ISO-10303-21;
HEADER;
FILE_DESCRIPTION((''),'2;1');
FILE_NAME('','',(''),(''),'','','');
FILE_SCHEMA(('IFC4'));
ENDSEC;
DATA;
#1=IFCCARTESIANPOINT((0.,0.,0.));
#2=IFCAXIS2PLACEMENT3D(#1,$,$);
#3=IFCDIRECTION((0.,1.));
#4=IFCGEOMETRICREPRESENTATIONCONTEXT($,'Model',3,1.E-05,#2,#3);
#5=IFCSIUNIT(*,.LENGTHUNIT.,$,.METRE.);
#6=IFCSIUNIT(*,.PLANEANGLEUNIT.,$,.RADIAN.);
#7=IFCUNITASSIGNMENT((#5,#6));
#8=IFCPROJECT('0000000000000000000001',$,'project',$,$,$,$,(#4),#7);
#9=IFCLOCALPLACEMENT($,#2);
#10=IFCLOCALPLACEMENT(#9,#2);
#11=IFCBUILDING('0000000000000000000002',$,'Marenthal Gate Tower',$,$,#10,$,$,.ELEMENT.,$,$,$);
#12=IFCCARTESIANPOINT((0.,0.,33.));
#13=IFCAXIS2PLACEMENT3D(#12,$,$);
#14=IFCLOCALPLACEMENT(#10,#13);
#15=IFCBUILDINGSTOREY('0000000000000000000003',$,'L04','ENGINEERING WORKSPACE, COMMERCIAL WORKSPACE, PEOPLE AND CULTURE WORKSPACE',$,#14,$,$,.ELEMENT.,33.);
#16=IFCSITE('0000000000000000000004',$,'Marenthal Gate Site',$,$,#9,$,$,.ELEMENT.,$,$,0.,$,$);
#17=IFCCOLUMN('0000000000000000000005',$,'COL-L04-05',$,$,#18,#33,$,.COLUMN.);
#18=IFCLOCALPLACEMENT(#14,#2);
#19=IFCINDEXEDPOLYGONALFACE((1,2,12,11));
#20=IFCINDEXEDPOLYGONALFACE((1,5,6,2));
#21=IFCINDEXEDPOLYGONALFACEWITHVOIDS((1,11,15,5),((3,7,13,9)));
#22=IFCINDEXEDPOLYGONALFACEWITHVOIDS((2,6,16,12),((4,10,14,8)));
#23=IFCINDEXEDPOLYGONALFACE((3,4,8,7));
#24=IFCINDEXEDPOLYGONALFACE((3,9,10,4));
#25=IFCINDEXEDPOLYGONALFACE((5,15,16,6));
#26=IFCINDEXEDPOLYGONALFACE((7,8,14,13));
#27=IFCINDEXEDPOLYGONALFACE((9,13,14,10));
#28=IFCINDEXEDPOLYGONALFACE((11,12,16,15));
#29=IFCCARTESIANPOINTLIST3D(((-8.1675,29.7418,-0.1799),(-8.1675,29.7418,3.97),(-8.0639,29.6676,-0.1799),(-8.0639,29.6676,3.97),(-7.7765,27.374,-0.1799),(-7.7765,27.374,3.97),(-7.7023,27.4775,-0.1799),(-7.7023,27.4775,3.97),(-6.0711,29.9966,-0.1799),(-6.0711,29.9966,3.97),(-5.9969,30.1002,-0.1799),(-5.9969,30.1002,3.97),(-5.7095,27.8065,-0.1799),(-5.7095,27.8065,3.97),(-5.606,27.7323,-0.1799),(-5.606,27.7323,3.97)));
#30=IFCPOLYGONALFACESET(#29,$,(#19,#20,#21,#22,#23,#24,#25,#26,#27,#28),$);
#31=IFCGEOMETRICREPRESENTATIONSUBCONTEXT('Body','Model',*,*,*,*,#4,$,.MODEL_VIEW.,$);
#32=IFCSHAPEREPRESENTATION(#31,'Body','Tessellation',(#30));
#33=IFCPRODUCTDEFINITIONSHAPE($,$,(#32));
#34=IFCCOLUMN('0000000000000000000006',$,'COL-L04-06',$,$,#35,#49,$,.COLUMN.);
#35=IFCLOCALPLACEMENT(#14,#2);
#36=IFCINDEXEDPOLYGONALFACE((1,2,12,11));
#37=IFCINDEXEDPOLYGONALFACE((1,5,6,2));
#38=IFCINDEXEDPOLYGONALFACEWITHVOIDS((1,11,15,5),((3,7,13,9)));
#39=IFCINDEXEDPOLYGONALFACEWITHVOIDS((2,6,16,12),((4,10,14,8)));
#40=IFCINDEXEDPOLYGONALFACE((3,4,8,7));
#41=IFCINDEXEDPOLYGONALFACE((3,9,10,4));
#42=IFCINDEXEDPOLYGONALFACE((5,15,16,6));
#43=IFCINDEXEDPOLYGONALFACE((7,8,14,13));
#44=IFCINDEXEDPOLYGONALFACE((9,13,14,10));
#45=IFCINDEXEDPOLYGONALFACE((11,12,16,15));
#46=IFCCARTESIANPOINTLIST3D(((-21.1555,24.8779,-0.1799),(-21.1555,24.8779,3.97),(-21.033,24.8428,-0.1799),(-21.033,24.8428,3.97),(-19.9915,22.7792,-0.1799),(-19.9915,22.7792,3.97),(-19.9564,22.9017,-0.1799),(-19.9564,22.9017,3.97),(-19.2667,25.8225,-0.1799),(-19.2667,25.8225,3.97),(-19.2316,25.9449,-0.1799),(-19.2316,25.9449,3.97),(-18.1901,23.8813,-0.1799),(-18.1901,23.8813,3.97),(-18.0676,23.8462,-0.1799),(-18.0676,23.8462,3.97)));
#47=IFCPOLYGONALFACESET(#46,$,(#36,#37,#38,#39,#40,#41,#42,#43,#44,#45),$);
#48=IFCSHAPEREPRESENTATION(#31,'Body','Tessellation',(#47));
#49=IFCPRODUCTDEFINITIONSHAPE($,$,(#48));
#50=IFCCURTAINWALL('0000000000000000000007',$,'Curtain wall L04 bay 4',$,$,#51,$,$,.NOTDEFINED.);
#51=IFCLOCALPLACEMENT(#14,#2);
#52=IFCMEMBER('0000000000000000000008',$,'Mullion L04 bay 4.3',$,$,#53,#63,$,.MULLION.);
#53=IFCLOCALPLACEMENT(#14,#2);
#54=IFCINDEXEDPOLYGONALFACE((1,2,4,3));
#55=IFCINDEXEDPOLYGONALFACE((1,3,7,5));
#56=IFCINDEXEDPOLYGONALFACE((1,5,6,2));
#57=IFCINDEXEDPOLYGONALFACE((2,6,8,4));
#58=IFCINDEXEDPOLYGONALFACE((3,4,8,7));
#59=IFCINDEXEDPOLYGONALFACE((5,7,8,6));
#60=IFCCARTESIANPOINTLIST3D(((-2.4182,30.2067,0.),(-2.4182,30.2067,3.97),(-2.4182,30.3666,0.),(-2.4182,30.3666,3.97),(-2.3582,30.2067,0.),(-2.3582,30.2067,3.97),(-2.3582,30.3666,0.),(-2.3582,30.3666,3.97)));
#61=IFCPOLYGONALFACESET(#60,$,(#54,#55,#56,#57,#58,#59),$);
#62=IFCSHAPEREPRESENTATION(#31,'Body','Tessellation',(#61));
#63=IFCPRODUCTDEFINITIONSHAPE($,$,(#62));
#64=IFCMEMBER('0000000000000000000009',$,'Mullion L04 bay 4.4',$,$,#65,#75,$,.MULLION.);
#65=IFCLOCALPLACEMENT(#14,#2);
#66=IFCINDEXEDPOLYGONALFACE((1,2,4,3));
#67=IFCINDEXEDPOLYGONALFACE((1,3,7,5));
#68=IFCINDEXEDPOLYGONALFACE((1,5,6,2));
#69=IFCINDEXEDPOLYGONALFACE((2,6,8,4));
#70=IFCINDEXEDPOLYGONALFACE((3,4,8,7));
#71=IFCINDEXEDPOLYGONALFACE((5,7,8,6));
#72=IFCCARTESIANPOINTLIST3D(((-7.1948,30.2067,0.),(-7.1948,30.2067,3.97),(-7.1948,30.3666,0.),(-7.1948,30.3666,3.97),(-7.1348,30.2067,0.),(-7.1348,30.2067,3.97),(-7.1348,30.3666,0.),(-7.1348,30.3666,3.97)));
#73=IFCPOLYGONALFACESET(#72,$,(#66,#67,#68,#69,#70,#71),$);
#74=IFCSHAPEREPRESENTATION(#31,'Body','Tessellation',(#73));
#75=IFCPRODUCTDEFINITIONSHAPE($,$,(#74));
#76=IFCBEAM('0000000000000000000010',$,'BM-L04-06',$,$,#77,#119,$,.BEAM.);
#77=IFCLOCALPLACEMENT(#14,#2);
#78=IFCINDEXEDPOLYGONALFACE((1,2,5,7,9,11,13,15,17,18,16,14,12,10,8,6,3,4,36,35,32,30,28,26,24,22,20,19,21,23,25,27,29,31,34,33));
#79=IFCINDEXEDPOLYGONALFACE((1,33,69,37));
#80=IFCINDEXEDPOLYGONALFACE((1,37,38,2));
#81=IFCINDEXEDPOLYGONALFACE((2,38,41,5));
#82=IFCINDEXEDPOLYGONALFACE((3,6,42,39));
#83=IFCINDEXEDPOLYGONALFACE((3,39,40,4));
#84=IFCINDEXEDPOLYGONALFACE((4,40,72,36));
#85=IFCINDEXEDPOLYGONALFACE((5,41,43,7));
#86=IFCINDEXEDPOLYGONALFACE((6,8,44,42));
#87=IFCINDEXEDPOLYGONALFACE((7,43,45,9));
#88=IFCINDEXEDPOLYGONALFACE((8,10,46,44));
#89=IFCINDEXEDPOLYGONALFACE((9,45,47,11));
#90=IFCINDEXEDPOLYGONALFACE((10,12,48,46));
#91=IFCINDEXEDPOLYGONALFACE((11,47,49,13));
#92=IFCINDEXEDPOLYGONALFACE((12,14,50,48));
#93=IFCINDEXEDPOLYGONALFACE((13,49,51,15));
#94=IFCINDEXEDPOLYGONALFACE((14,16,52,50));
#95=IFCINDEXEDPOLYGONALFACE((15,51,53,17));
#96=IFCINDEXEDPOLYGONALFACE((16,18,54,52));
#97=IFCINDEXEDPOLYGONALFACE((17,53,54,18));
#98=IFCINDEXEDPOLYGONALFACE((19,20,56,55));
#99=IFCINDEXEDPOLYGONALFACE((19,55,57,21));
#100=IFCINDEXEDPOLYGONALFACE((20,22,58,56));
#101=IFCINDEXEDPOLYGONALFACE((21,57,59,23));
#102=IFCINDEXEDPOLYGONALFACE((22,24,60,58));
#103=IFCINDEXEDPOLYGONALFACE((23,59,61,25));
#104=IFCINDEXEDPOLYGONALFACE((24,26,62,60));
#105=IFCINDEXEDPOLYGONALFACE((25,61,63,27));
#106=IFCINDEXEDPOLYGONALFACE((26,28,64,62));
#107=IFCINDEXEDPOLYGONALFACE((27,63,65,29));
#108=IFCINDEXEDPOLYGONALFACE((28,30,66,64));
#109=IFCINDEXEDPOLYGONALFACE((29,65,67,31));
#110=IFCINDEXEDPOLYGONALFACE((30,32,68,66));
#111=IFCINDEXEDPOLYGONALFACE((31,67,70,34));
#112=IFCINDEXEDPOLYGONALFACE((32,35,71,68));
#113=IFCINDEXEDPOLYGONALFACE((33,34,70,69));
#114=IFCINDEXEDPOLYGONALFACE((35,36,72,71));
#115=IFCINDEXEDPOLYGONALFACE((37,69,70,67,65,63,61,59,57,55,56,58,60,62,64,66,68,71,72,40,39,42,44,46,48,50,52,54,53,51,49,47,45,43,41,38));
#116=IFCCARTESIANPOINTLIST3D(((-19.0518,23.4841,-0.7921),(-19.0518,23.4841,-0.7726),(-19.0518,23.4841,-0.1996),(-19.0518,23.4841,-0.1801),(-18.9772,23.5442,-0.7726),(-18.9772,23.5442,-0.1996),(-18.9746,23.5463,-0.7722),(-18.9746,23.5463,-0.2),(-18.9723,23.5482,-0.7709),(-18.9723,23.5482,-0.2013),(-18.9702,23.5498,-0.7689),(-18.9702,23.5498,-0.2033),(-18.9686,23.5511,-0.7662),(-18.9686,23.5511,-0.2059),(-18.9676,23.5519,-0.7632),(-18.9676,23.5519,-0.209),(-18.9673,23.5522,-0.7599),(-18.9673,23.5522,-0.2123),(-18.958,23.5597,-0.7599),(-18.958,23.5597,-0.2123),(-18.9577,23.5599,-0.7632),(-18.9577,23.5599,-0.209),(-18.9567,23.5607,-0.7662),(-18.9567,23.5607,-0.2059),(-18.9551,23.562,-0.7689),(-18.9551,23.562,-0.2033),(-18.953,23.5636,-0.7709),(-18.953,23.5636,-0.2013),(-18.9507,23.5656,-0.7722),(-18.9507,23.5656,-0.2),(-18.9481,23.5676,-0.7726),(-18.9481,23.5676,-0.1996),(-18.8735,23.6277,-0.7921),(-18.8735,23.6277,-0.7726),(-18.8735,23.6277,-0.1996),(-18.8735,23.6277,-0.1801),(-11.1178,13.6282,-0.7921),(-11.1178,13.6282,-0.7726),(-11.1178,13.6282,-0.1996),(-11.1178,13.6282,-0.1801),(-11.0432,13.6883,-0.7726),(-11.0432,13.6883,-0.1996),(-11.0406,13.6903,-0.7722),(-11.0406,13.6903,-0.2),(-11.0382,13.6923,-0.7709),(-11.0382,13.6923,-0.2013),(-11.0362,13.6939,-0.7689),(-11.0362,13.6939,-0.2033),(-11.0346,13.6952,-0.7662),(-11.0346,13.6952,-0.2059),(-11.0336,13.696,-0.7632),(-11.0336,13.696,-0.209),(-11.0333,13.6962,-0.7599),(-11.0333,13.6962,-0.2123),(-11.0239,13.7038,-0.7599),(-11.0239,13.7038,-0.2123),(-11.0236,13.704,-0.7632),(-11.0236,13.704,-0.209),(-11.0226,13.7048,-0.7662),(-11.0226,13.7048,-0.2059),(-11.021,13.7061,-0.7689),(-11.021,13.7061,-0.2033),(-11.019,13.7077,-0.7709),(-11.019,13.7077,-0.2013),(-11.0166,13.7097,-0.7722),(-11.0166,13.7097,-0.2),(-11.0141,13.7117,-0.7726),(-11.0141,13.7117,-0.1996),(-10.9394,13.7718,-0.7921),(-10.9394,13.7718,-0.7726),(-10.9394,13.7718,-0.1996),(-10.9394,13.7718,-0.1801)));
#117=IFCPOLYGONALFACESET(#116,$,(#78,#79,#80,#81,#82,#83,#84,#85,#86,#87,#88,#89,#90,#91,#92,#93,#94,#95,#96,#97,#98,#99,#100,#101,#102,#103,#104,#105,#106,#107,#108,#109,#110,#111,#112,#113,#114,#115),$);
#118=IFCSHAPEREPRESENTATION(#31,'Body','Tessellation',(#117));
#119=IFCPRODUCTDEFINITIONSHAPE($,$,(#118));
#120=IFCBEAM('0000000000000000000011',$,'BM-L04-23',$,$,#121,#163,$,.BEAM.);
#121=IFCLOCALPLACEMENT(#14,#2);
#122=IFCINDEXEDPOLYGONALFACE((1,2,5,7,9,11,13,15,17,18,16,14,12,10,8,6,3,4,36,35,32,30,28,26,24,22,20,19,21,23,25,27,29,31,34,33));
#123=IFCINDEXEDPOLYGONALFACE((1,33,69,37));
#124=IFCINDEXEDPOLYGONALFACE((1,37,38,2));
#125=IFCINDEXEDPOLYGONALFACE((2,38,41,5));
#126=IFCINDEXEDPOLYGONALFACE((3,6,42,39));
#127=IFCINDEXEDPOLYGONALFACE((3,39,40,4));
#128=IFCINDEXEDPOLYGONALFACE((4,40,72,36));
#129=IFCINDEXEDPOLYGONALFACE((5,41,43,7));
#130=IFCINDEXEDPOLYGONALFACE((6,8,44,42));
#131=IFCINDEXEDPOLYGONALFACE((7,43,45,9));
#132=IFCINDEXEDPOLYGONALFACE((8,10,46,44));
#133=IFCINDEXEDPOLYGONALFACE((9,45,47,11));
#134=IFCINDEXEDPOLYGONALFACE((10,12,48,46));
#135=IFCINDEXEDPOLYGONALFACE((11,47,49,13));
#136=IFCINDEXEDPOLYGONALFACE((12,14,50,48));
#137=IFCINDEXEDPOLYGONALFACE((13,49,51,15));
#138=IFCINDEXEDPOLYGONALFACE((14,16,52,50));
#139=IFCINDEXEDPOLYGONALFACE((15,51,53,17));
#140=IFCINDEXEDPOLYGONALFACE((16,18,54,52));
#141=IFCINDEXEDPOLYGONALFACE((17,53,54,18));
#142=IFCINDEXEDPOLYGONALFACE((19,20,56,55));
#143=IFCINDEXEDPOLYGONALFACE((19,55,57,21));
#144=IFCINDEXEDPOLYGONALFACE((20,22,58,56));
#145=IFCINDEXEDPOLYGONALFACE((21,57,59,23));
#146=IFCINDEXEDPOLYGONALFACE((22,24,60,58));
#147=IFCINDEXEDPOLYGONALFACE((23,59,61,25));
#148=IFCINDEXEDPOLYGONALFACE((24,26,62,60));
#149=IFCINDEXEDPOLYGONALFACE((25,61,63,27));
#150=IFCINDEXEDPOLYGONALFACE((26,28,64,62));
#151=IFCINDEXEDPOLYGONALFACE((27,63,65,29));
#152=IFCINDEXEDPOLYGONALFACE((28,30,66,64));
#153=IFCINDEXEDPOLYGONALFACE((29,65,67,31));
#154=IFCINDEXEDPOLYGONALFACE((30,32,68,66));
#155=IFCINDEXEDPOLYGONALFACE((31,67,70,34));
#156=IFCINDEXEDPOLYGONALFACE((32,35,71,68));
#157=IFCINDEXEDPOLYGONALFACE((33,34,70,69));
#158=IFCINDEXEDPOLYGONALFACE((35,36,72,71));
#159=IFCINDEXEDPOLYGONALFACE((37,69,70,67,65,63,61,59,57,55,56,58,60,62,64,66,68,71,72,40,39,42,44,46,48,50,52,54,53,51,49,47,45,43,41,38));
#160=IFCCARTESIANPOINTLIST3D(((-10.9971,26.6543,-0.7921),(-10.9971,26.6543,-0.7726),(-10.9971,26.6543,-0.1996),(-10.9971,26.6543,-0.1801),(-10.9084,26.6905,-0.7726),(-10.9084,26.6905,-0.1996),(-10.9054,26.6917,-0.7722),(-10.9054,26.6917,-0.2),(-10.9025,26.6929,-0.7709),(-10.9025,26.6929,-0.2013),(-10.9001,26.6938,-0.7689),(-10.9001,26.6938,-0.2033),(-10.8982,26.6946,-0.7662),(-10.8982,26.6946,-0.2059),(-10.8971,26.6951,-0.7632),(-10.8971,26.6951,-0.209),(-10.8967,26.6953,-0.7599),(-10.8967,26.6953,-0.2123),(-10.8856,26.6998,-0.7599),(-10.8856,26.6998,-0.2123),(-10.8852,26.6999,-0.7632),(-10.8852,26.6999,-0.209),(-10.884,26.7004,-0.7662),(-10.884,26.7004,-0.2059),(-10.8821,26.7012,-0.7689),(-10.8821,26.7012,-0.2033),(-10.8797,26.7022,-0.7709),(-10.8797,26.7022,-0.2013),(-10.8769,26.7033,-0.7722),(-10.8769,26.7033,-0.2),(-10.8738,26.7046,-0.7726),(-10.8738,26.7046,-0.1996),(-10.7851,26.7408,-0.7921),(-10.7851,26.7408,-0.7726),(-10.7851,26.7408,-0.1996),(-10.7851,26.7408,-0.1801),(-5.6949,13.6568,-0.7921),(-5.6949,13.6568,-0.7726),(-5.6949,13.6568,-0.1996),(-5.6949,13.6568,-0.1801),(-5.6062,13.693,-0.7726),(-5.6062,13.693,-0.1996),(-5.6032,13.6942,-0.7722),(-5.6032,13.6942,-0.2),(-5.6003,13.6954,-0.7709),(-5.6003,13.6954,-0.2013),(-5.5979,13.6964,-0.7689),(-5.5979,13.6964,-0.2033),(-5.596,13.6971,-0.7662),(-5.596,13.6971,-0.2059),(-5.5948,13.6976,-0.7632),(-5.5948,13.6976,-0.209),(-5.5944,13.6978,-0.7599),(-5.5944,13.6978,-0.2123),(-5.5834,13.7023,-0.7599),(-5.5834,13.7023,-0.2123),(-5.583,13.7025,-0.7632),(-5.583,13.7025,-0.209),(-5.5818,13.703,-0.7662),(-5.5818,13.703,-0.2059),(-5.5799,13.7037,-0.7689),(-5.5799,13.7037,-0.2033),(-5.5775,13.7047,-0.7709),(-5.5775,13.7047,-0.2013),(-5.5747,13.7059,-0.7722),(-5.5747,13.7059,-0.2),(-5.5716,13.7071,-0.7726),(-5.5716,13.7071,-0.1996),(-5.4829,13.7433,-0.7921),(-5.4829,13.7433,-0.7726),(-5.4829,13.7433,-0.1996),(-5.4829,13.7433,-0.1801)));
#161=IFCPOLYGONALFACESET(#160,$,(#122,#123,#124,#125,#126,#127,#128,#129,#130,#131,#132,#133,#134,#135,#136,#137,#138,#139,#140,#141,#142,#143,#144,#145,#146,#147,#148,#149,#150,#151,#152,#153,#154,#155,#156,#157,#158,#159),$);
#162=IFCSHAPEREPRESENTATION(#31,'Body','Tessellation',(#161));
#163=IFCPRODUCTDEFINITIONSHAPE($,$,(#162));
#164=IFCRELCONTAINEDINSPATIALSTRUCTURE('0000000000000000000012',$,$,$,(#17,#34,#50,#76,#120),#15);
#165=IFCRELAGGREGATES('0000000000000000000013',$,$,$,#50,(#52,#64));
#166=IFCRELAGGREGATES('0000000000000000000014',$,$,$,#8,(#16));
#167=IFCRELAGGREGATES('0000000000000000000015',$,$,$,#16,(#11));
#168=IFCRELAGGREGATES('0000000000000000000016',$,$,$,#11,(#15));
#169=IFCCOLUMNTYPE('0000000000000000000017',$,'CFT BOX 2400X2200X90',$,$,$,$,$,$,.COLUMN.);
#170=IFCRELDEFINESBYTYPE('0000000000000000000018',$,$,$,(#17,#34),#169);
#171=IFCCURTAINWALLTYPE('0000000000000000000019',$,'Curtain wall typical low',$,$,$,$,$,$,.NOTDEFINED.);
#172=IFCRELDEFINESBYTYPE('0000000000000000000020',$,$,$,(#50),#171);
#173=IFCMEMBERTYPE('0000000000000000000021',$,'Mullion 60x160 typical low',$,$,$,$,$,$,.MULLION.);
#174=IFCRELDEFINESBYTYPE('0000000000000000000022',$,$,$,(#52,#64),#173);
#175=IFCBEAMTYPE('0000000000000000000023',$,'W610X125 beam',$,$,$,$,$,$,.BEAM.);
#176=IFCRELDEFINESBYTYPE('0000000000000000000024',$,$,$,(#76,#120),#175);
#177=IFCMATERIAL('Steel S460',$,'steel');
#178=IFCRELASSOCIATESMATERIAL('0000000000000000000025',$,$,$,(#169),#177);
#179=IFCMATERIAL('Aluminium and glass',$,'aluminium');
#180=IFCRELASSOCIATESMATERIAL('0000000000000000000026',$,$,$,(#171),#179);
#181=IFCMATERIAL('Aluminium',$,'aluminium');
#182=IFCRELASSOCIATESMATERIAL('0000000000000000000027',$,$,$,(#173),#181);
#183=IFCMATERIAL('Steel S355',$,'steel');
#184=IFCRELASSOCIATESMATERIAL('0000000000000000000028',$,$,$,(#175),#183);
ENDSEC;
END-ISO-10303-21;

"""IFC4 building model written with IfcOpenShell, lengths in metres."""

from ifc_helpers import new_model, si_unit, direction, frame, origin, origin_2d, place, context, subcontext, project, spatial, rectangle, hollow_rectangle, i_section, extrude, material, material_profile, profile_set, type_object, element, aggregate, save


model = new_model("IFC4")

# Units and contexts
model_context = context("Model", 3, precision=1e-05, world=origin(), true_north=direction((0.0, 1.0)))
body_context = subcontext(model_context, "Body", "Model", "MODEL_VIEW")
ifc_project = project(units=[si_unit("LENGTHUNIT", "METRE"), si_unit("PLANEANGLEUNIT", "RADIAN")], contexts=[model_context])

# Site, building, storey
site_placement = place(None, origin())
site = spatial("IfcSite", under=ifc_project, at=site_placement, Name="Marenthal Gate Site", CompositionType="ELEMENT", RefElevation=0.0)
building_placement = place(site_placement, origin())
building = spatial("IfcBuilding", under=site, at=building_placement, Name="Marenthal Gate Tower", CompositionType="ELEMENT")
storey_placement = place(building_placement, frame((0.0, 0.0, 33.0)))
storey = spatial("IfcBuildingStorey", under=building, at=storey_placement, Name="L04", Description="ENGINEERING WORKSPACE, COMMERCIAL WORKSPACE, PEOPLE AND CULTURE WORKSPACE", CompositionType="ELEMENT", Elevation=33.0)

# Columns
ifc_material_1 = material(Name="Steel S460", Category="steel")
ifc_material_profile_1 = material_profile(ifc_material_1, hollow_rectangle(XDim=2.2, YDim=2.3999, WallThickness=0.0901, at=origin_2d()), Name="CFT BOX 2400X2200X90")
ifc_material_2 = material(Name="Concrete 70 MPa", Category="concrete")
ifc_material_profile_2 = material_profile(ifc_material_2, rectangle(XDim=2.02, YDim=2.22, at=origin_2d()), Name="CFT BOX 2400X2200X90 INFILL")
ifc_profile_set_1 = profile_set([ifc_material_profile_1, ifc_material_profile_2], Name="Steel S460 shell, Concrete 70 MPa infill")
column_type = type_object("IfcColumnType", Name="CFT BOX 2400X2200X90", PredefinedType="COLUMN", material=ifc_profile_set_1)
for number, where, z_axis, x_axis, name in (
    (1, (-6.8867, 28.7371, -0.1799), (0.0, 0.0, 1.0), (0.986643, 0.162897, 0.0), "COL-L04-05"),
    (2, (-19.6116, 24.3621, -0.1799), (0.0, 0.0, 1.0), (0.874509, 0.48501, 0.0), "COL-L04-06"),
):
    element("IfcColumn", number, at=place(storey_placement, frame(where, z_axis=z_axis, x_axis=x_axis)), inside=storey, type_object=column_type, Name=name, PredefinedType="COLUMN", context=body_context, shape_type="SweptSolid", body=[
        extrude(hollow_rectangle(XDim=2.2, YDim=2.3999, WallThickness=0.0901, at=origin_2d()), origin(), (0.0, 0.0, 1.0), 4.1499),
    ])

# Curtain wall, members
ifc_material_3 = material(Name="Aluminium and glass", Category="aluminium")
curtain_wall_type = type_object("IfcCurtainWallType", Name="Curtain wall typical low", PredefinedType="NOTDEFINED", material=ifc_material_3)
curtain_wall_placement = place(storey_placement, origin())
curtain_wall = element("IfcCurtainWall", 3, at=curtain_wall_placement, inside=storey, type_object=curtain_wall_type, Name="Curtain wall L04 bay 4", PredefinedType="NOTDEFINED")
ifc_material_4 = material(Name="Aluminium", Category="aluminium")
ifc_material_profile_3 = material_profile(ifc_material_4, rectangle(XDim=0.1599, YDim=0.0601, at=origin_2d()), Name="60x160 aluminium mullion")
ifc_profile_set_2 = profile_set([ifc_material_profile_3], Name="Aluminium")
member_type = type_object("IfcMemberType", Name="Mullion 60x160 typical low", PredefinedType="MULLION", material=ifc_profile_set_2)
member_1_placement = place(storey_placement, frame((-2.3882, 30.2866, 0.0), z_axis=(0.0, 0.0, 1.0), x_axis=(0.0, -1.0, 0.0)))
member_1 = element("IfcMember", 4, at=member_1_placement, type_object=member_type, Name="Mullion L04 bay 4.3", PredefinedType="MULLION", context=body_context, shape_type="SweptSolid", body=[
    extrude(rectangle(XDim=0.1599, YDim=0.0601, at=origin_2d()), origin(), (0.0, 0.0, 1.0), 3.97),
])
member_2_placement = place(storey_placement, frame((-7.1648, 30.2866, 0.0), z_axis=(0.0, 0.0, 1.0), x_axis=(0.0, -1.0, 0.0)))
member_2 = element("IfcMember", 5, at=member_2_placement, type_object=member_type, Name="Mullion L04 bay 4.4", PredefinedType="MULLION", context=body_context, shape_type="SweptSolid", body=[
    extrude(rectangle(XDim=0.1599, YDim=0.0601, at=origin_2d()), origin(), (0.0, 0.0, 1.0), 3.97),
])

# Beams
ifc_material_5 = material(Name="Steel S355", Category="steel")
ifc_material_profile_4 = material_profile(ifc_material_5, i_section(OverallWidth=0.229, OverallDepth=0.6121, WebThickness=0.012, FlangeThickness=0.0195, FilletRadius=0.0127, at=origin_2d()), Name="W610X125")
ifc_profile_set_3 = profile_set([ifc_material_profile_4], Name="Steel S355")
beam_type_1 = type_object("IfcBeamType", Name="W610X125 beam", PredefinedType="BEAM", material=ifc_profile_set_3)
beam_1_placement = place(storey_placement, frame((-18.9626, 23.5559, -0.4861), z_axis=(0.627069, -0.778964, 0.0), x_axis=(0.778964, 0.627069, 0.0)))
element("IfcBeam", 6, at=beam_1_placement, inside=storey, type_object=beam_type_1, Name="BM-L04-06", PredefinedType="BEAM", context=body_context, shape_type="SweptSolid", body=[
    extrude(i_section(OverallWidth=0.229, OverallDepth=0.6121, WebThickness=0.012, FlangeThickness=0.0195, FilletRadius=0.0127, at=origin_2d()), origin(), (0.0, 0.0, 1.0), 12.6526),
])
beam_2_placement = place(storey_placement, frame((-10.8911, 26.6975, -0.4861), z_axis=(0.377721, -0.925919, 0.0), x_axis=(0.925919, 0.377721, 0.0)))
element("IfcBeam", 7, at=beam_2_placement, inside=storey, type_object=beam_type_1, Name="BM-L04-23", PredefinedType="BEAM", context=body_context, shape_type="SweptSolid", body=[
    extrude(i_section(OverallWidth=0.229, OverallDepth=0.6121, WebThickness=0.012, FlangeThickness=0.0195, FilletRadius=0.0127, at=origin_2d()), origin(), (0.0, 0.0, 1.0), 14.0374),
])

aggregate(curtain_wall, [member_1, member_2])

save(model, "model.ifc")
